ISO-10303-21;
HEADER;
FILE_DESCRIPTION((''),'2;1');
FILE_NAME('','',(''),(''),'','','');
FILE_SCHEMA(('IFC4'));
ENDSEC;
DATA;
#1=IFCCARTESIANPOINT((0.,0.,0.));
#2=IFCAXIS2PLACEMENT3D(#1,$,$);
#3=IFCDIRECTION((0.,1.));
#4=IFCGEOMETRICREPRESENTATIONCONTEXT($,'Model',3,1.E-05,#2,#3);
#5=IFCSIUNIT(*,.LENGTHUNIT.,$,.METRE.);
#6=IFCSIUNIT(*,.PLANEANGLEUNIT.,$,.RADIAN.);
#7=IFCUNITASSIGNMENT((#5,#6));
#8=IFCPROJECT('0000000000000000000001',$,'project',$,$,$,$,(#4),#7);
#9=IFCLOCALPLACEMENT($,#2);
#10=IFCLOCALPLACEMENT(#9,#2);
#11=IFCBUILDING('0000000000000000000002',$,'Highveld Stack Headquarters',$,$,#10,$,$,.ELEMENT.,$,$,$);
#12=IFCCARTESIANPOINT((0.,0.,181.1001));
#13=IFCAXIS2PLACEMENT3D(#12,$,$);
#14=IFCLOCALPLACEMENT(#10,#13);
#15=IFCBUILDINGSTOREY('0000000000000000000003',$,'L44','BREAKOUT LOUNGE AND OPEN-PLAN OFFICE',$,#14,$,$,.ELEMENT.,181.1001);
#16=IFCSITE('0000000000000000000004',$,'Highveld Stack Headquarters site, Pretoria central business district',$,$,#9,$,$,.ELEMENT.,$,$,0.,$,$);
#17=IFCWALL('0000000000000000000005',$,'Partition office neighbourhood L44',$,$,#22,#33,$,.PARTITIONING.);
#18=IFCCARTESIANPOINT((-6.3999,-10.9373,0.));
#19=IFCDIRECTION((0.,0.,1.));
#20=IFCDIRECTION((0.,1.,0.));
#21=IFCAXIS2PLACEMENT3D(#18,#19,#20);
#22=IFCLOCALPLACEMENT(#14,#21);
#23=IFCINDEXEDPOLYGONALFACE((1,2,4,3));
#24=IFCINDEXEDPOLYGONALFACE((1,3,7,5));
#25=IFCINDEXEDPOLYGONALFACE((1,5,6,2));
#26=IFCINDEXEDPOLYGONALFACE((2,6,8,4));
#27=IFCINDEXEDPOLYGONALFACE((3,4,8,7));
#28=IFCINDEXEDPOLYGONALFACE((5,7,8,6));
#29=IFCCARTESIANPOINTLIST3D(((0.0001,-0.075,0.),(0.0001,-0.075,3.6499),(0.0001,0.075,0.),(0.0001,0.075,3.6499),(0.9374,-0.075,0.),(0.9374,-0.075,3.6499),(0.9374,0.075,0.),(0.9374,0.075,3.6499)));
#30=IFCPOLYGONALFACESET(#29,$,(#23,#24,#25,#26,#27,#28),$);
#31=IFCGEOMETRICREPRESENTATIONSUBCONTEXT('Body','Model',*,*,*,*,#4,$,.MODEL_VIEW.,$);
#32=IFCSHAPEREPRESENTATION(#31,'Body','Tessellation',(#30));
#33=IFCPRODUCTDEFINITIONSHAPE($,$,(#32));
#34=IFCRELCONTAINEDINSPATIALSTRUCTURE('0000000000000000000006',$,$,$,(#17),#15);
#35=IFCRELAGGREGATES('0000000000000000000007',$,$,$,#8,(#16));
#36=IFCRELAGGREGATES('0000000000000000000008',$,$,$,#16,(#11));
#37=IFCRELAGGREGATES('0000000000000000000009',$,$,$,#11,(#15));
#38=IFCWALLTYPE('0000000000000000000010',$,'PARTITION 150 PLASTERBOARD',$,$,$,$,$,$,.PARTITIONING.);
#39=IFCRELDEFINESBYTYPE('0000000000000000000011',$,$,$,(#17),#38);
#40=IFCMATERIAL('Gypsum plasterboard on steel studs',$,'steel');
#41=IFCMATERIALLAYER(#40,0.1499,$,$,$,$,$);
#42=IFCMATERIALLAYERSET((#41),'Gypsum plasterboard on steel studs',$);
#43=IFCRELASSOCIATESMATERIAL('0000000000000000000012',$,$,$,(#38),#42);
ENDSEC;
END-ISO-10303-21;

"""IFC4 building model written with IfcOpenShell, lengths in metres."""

from ifc_helpers import new_model, si_unit, direction, frame, frame_2d, origin, place, context, subcontext, project, spatial, rectangle, extrude, material, layer, layer_set, type_object, element, save


model = new_model("IFC4")

# Units and contexts
model_context = context("Model", 3, precision=1e-05, world=origin(), true_north=direction((0.0, 1.0)))
body_context = subcontext(model_context, "Body", "Model", "MODEL_VIEW")
ifc_project = project(units=[si_unit("LENGTHUNIT", "METRE"), si_unit("PLANEANGLEUNIT", "RADIAN")], contexts=[model_context])

# Site, building, storey
site_placement = place(None, origin())
site = spatial("IfcSite", under=ifc_project, at=site_placement, Name="Highveld Stack Headquarters site, Pretoria central business district", CompositionType="ELEMENT", RefElevation=0.0)
building_placement = place(site_placement, origin())
building = spatial("IfcBuilding", under=site, at=building_placement, Name="Highveld Stack Headquarters", CompositionType="ELEMENT")
storey_placement = place(building_placement, frame((0.0, 0.0, 181.1001)))
storey = spatial("IfcBuildingStorey", under=building, at=storey_placement, Name="L44", Description="BREAKOUT LOUNGE AND OPEN-PLAN OFFICE", CompositionType="ELEMENT", Elevation=181.1001)

# Shared definitions
ifc_material_1 = material(Name="Gypsum plasterboard on steel studs", Category="steel")
ifc_layer_1 = layer(ifc_material_1, 0.1499)
ifc_layer_set_1 = layer_set([ifc_layer_1], Name="Gypsum plasterboard on steel studs")
wall_type_1 = type_object("IfcWallType", Name="PARTITION 150 PLASTERBOARD", PredefinedType="PARTITIONING", material=ifc_layer_set_1)

# Wall
wall_1_placement = place(storey_placement, frame((-6.3999, -10.9373, 0.0), z_axis=(0.0, 0.0, 1.0), x_axis=(0.0, 1.0, 0.0)))
element("IfcWall", 1, at=wall_1_placement, inside=storey, type_object=wall_type_1, Name="Partition office neighbourhood L44", PredefinedType="PARTITIONING", context=body_context, shape_type="SweptSolid", body=[
    extrude(rectangle(XDim=0.9373, YDim=0.1499, at=frame_2d((0.4688, 0.0))), origin(), (0.0, 0.0, 1.0), 3.6499),
])

save(model, "model.ifc")
